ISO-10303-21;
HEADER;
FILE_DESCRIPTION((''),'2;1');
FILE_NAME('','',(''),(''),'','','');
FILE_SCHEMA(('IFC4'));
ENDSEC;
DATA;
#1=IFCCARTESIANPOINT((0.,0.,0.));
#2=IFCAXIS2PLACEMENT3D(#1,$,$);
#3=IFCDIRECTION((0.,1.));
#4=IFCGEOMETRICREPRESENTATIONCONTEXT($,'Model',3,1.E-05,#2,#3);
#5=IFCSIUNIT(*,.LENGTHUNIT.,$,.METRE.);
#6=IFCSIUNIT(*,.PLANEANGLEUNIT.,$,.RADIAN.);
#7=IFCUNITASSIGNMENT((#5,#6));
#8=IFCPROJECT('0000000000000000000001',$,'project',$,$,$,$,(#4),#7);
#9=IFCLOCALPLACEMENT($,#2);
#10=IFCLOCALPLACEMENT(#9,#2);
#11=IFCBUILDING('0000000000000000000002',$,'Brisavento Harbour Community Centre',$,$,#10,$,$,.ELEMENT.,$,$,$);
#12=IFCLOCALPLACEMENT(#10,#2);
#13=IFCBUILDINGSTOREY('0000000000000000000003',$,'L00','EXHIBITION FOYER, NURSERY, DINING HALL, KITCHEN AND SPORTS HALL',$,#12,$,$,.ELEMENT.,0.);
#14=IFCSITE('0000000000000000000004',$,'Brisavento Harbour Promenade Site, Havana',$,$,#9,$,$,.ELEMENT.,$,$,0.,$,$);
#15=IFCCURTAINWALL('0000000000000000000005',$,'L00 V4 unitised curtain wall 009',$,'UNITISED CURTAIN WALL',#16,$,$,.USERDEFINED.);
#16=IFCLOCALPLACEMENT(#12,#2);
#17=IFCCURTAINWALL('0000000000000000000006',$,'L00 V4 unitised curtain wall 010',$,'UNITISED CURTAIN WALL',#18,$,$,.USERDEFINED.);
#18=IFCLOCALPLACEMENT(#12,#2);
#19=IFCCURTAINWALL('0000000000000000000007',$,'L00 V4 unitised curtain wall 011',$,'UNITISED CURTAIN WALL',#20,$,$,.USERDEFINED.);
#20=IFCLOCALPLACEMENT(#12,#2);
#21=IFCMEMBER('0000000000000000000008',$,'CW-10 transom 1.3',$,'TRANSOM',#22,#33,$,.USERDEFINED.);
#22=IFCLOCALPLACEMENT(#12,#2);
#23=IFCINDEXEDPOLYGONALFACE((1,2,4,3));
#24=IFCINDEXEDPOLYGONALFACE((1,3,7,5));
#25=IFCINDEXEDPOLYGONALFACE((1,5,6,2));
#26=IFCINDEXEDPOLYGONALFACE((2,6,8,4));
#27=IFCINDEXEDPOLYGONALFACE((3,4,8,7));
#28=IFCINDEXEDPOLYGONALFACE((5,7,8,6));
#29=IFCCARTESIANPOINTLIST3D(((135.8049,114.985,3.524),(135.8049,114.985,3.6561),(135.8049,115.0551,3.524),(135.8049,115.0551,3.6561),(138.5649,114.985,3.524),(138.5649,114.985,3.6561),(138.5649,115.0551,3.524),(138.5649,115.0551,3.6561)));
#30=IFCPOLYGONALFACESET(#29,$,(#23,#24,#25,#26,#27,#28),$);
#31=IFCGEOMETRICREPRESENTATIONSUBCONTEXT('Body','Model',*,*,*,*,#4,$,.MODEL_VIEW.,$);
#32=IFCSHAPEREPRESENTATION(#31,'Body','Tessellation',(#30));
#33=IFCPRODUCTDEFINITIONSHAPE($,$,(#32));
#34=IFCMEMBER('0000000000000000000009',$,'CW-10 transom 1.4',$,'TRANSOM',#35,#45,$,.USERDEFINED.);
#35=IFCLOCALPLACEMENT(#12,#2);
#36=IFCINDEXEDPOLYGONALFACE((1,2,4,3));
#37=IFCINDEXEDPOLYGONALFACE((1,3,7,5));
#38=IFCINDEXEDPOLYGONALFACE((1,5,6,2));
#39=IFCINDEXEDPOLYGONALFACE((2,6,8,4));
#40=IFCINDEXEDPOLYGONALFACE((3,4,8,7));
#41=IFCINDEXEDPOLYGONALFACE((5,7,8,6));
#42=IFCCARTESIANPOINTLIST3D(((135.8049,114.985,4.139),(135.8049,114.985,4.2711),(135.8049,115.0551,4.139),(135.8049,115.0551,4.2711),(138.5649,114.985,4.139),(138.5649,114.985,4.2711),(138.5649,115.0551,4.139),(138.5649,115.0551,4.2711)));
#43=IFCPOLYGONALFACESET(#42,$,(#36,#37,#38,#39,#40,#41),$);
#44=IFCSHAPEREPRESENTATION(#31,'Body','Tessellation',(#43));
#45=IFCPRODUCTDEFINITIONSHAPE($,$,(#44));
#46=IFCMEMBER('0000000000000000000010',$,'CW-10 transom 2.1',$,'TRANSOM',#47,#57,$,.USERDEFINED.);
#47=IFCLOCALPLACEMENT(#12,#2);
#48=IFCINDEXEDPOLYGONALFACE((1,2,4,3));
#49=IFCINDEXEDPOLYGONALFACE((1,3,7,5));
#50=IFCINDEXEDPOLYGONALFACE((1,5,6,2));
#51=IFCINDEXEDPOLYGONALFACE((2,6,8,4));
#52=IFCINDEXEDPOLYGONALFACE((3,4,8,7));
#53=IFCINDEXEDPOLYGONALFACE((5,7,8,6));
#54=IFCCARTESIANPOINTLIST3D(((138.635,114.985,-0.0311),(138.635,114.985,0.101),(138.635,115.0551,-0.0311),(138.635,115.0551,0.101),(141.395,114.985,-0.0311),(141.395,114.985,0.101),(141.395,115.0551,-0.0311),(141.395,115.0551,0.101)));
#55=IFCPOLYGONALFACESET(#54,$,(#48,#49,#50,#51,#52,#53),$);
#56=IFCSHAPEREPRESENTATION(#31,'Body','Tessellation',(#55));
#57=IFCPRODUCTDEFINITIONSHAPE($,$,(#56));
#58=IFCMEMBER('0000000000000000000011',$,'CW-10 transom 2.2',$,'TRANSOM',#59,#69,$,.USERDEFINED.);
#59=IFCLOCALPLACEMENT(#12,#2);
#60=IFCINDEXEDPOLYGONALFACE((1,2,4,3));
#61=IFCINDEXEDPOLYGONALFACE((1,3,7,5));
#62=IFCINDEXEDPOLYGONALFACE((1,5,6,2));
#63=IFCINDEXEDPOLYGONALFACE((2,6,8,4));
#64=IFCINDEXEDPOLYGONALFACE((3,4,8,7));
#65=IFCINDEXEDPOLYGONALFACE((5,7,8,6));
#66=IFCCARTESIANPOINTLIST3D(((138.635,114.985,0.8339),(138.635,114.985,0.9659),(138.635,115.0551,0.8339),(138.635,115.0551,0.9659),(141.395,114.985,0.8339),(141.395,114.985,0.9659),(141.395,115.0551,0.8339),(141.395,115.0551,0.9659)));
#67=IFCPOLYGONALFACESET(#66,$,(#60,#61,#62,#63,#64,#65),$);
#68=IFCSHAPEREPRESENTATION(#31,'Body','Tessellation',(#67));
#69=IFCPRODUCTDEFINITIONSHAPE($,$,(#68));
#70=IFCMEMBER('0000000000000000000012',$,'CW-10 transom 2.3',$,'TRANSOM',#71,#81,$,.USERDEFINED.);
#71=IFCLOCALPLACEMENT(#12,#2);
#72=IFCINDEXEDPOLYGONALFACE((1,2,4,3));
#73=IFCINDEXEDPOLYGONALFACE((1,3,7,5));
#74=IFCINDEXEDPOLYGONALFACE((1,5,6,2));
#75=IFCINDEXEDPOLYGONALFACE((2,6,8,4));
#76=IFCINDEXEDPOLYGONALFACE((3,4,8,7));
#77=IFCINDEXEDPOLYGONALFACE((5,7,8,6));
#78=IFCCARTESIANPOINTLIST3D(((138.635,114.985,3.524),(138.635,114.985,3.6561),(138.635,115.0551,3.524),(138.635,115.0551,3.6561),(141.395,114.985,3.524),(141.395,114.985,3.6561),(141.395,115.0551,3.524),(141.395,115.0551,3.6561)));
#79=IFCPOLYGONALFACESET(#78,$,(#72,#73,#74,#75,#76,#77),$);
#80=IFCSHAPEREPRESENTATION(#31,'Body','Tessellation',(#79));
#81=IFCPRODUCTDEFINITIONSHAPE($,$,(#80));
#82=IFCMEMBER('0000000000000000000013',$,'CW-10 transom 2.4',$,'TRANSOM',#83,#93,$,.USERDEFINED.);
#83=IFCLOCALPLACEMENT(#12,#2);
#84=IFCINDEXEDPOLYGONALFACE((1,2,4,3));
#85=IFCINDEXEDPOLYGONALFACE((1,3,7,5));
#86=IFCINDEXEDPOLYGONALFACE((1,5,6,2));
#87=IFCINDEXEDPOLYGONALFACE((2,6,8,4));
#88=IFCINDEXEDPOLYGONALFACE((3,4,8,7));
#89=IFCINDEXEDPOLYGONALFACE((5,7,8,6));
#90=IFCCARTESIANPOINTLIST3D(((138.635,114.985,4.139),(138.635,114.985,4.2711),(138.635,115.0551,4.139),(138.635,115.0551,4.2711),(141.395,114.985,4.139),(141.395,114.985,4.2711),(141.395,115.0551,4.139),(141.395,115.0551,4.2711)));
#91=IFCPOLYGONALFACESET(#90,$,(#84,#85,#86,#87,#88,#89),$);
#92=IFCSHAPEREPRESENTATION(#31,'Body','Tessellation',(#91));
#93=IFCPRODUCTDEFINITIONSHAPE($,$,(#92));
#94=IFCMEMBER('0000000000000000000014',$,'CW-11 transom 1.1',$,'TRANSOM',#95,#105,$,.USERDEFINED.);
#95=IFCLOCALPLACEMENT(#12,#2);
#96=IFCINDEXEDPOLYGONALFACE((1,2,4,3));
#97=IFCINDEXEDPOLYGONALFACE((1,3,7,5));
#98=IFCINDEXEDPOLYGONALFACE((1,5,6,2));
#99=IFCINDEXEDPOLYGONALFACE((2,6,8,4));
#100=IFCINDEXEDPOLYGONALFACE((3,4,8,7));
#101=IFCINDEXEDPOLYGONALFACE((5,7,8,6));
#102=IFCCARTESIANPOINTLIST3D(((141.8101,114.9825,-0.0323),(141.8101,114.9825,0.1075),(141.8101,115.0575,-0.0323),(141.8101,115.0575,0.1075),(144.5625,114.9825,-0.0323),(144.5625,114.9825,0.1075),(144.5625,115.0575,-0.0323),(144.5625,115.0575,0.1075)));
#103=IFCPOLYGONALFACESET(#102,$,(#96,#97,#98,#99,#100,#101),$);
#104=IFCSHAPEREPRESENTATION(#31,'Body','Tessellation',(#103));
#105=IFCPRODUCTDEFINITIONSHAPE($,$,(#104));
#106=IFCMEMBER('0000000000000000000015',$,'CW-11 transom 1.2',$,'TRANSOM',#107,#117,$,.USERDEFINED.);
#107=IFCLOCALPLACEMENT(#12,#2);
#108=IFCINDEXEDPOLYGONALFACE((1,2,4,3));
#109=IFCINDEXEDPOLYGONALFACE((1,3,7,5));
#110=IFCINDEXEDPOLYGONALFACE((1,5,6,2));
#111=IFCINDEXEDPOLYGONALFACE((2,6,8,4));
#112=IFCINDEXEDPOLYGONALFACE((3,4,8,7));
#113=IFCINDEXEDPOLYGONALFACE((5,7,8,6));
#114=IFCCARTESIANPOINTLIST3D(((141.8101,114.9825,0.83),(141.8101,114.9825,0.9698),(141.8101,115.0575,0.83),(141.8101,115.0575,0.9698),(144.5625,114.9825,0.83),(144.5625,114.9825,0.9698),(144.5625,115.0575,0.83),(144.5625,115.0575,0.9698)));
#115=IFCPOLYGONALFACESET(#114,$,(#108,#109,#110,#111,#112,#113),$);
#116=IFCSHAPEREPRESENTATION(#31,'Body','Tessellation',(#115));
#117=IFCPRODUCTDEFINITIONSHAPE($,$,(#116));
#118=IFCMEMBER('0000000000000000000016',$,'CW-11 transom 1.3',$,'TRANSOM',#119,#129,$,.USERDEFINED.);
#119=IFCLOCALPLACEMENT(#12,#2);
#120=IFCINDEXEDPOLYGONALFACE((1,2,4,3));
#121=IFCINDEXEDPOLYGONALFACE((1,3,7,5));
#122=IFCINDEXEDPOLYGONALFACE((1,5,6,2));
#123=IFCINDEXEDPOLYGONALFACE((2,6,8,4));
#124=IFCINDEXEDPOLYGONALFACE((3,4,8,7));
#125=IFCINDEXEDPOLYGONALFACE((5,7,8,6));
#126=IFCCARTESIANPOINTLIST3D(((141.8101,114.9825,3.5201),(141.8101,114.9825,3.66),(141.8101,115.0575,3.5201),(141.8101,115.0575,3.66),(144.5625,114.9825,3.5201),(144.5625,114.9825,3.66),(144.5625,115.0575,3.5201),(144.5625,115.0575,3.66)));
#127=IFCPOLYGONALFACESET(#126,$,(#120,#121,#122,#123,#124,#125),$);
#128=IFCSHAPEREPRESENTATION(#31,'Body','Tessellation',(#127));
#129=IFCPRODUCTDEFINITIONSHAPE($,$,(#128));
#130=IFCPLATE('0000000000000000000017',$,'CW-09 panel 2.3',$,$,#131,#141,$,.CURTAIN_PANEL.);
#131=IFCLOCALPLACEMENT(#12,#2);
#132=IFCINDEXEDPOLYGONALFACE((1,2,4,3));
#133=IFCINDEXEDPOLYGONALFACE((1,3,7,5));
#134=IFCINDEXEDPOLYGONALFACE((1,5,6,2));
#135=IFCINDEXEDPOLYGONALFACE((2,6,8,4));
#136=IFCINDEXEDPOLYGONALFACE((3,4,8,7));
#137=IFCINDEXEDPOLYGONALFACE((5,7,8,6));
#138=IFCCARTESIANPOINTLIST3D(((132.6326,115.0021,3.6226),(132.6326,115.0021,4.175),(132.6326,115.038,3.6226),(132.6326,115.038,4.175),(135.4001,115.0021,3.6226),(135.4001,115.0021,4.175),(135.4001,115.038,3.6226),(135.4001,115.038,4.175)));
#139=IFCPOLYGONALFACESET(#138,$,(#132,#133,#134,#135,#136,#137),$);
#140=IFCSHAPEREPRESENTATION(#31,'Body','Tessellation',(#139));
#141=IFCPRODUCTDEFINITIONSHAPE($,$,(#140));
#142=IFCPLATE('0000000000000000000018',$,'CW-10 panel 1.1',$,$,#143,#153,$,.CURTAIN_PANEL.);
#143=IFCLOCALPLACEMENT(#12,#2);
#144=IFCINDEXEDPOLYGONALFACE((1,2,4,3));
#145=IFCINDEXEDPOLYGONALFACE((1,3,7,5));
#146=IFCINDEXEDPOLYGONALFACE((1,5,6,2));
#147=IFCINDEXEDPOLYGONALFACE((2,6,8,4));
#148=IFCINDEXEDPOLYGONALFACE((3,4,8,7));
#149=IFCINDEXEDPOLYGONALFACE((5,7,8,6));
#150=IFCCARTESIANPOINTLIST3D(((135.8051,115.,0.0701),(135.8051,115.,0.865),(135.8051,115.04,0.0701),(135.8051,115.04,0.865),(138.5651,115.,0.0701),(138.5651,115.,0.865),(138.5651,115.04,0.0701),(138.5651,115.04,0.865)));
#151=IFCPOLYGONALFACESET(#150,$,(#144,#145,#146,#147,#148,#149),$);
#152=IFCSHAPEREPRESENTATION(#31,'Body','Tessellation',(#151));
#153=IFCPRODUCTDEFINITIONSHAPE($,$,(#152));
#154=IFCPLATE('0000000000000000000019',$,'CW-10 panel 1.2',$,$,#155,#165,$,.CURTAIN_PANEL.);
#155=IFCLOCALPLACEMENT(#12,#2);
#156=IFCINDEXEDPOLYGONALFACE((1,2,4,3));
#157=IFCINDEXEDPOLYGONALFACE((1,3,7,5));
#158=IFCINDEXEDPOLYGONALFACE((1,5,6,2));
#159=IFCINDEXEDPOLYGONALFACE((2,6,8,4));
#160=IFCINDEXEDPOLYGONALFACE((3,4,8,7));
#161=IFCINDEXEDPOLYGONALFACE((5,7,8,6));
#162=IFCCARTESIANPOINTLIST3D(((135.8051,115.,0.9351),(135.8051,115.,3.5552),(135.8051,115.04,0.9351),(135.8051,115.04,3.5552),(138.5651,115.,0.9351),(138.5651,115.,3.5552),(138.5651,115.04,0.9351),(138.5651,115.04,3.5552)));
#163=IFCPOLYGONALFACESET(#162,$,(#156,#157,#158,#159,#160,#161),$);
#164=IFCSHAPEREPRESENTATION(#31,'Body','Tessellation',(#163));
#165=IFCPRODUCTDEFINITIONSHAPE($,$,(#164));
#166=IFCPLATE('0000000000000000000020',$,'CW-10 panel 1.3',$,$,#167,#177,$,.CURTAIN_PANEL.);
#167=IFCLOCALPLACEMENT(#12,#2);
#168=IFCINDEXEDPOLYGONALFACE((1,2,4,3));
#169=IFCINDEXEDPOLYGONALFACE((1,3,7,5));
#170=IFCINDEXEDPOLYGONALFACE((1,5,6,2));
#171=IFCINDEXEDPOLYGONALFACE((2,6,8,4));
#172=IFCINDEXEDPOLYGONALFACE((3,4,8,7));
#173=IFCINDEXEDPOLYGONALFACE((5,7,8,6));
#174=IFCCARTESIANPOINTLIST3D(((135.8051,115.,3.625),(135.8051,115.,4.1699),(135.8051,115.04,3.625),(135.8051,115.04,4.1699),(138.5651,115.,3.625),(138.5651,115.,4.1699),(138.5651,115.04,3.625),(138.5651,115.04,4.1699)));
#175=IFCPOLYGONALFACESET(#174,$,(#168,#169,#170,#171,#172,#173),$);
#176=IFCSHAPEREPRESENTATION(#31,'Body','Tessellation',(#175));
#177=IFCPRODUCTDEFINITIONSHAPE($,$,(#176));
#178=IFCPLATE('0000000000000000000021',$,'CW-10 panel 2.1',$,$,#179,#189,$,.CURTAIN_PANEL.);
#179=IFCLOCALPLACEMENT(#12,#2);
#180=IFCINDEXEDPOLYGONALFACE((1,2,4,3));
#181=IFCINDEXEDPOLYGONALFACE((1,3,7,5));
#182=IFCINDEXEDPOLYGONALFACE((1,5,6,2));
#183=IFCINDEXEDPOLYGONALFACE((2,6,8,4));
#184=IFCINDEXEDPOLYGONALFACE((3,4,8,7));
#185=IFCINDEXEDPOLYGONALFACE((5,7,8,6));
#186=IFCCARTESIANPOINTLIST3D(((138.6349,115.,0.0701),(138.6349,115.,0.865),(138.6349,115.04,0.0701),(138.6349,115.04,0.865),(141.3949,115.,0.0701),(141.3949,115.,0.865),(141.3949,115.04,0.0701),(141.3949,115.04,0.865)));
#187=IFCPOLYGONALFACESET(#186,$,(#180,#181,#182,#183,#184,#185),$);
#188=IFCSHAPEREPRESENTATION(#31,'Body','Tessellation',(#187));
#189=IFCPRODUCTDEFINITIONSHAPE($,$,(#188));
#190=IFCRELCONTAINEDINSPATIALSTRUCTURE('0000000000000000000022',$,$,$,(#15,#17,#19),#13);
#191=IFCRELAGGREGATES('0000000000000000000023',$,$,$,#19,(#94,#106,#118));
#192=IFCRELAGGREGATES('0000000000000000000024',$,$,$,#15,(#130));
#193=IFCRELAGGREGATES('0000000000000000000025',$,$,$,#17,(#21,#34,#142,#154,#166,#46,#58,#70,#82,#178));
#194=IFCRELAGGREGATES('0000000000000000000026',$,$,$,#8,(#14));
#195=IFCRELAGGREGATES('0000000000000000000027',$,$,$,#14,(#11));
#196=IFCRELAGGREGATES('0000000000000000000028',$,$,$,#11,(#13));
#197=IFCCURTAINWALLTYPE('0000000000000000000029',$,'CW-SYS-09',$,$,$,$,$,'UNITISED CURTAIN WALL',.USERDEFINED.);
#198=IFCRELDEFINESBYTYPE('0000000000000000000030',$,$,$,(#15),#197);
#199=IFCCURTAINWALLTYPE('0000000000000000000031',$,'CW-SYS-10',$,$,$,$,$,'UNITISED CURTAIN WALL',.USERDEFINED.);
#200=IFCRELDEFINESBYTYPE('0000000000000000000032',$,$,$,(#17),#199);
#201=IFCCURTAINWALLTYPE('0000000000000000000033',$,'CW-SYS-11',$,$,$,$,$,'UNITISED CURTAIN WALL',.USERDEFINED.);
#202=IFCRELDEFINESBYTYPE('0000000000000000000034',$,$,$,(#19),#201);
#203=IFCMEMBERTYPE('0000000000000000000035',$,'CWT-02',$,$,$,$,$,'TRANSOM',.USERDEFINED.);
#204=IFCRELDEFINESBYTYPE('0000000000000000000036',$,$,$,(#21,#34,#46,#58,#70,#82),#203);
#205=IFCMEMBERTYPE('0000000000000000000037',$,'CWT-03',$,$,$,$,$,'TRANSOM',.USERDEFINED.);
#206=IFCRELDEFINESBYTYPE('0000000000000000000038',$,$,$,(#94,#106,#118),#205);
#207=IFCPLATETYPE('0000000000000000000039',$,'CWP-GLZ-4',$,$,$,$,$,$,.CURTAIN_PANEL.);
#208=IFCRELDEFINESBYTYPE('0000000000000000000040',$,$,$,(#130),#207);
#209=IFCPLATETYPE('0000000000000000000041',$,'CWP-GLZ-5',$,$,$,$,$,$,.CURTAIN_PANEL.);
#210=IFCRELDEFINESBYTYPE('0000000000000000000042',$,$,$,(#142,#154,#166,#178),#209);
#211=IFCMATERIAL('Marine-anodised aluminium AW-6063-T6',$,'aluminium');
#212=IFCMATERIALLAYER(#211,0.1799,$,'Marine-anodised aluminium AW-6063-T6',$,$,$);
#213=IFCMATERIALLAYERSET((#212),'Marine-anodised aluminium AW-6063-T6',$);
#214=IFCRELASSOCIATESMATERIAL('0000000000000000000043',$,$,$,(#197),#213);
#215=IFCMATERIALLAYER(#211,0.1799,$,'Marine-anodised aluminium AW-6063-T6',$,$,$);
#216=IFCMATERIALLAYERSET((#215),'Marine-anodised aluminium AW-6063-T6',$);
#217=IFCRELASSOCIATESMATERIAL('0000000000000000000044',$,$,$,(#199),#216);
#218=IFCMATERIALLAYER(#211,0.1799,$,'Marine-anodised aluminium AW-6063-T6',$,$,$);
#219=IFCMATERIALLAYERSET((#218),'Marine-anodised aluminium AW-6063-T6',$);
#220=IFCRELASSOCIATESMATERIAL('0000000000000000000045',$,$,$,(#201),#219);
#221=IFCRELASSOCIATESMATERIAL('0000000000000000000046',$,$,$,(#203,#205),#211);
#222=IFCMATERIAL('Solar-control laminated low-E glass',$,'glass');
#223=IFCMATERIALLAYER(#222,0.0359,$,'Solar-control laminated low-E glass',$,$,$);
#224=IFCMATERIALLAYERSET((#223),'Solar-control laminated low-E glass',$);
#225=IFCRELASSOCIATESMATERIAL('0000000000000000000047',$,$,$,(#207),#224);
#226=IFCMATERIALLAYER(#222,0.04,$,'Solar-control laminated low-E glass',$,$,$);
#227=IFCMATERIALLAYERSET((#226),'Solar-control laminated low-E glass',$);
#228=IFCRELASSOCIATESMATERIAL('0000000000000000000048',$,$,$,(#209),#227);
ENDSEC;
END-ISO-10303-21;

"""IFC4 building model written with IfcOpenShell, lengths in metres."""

from ifc_helpers import new_model, si_unit, direction, frame, origin, origin_2d, place, context, subcontext, project, spatial, rectangle, extrude, material, layer, layer_set, material_profile, profile_set, type_object, element, aggregate, save


model = new_model("IFC4")

# Units and contexts
model_context = context("Model", 3, precision=1e-05, world=origin(), true_north=direction((0.0, 1.0)))
body_context = subcontext(model_context, "Body", "Model", "MODEL_VIEW")
ifc_project = project(units=[si_unit("LENGTHUNIT", "METRE"), si_unit("PLANEANGLEUNIT", "RADIAN")], contexts=[model_context])

# Site, building, storey
site_placement = place(None, origin())
site = spatial("IfcSite", under=ifc_project, at=site_placement, Name="Brisavento Harbour Promenade Site, Havana", CompositionType="ELEMENT", RefElevation=0.0)
building_placement = place(site_placement, origin())
building = spatial("IfcBuilding", under=site, at=building_placement, Name="Brisavento Harbour Community Centre", CompositionType="ELEMENT")
storey_placement = place(building_placement, origin())
storey = spatial("IfcBuildingStorey", under=building, at=storey_placement, Name="L00", Description="EXHIBITION FOYER, NURSERY, DINING HALL, KITCHEN AND SPORTS HALL", CompositionType="ELEMENT", Elevation=0.0)

# Curtain wall
ifc_material_1 = material(Name="Marine-anodised aluminium AW-6063-T6", Category="aluminium")
ifc_layer_1 = layer(ifc_material_1, 0.1799, Name="Marine-anodised aluminium AW-6063-T6")
ifc_layer_set_1 = layer_set([ifc_layer_1], Name="Marine-anodised aluminium AW-6063-T6")
curtain_wall_type_1 = type_object("IfcCurtainWallType", Name="CW-SYS-09", ElementType="UNITISED CURTAIN WALL", PredefinedType="USERDEFINED", material=ifc_layer_set_1)
curtain_wall_1_placement = place(storey_placement, origin())
curtain_wall_1 = element("IfcCurtainWall", 1, at=curtain_wall_1_placement, inside=storey, type_object=curtain_wall_type_1, Name="L00 V4 unitised curtain wall 009", ObjectType="UNITISED CURTAIN WALL", PredefinedType="USERDEFINED")

# Curtain wall
ifc_layer_2 = layer(ifc_material_1, 0.1799, Name="Marine-anodised aluminium AW-6063-T6")
ifc_layer_set_2 = layer_set([ifc_layer_2], Name="Marine-anodised aluminium AW-6063-T6")
curtain_wall_type_2 = type_object("IfcCurtainWallType", Name="CW-SYS-10", ElementType="UNITISED CURTAIN WALL", PredefinedType="USERDEFINED", material=ifc_layer_set_2)
curtain_wall_2_placement = place(storey_placement, origin())
curtain_wall_2 = element("IfcCurtainWall", 2, at=curtain_wall_2_placement, inside=storey, type_object=curtain_wall_type_2, Name="L00 V4 unitised curtain wall 010", ObjectType="UNITISED CURTAIN WALL", PredefinedType="USERDEFINED")

# Curtain wall
ifc_layer_3 = layer(ifc_material_1, 0.1799, Name="Marine-anodised aluminium AW-6063-T6")
ifc_layer_set_3 = layer_set([ifc_layer_3], Name="Marine-anodised aluminium AW-6063-T6")
curtain_wall_type_3 = type_object("IfcCurtainWallType", Name="CW-SYS-11", ElementType="UNITISED CURTAIN WALL", PredefinedType="USERDEFINED", material=ifc_layer_set_3)
curtain_wall_3_placement = place(storey_placement, origin())
curtain_wall_3 = element("IfcCurtainWall", 3, at=curtain_wall_3_placement, inside=storey, type_object=curtain_wall_type_3, Name="L00 V4 unitised curtain wall 011", ObjectType="UNITISED CURTAIN WALL", PredefinedType="USERDEFINED")

# Members
ifc_material_profile_1 = material_profile(ifc_material_1, rectangle(XDim=0.0701, YDim=0.1321, at=origin_2d()), Name="Marine-anodised aluminium AW-6063-T6")
ifc_profile_set_1 = profile_set([ifc_material_profile_1], Name="Marine-anodised aluminium AW-6063-T6")
member_type_1 = type_object("IfcMemberType", Name="CWT-02", ElementType="TRANSOM", PredefinedType="USERDEFINED", material=ifc_profile_set_1)
member_1_placement = place(storey_placement, frame((135.8049, 115.02, 3.5901), z_axis=(1.0, 0.0, 0.0), x_axis=(0.0, 1.0, 0.0)))
member_1 = element("IfcMember", 4, at=member_1_placement, type_object=member_type_1, Name="CW-10 transom 1.3", ObjectType="TRANSOM", PredefinedType="USERDEFINED", context=body_context, shape_type="SweptSolid", body=[
    extrude(rectangle(XDim=0.0701, YDim=0.1321, at=origin_2d()), origin(), (0.0, 0.0, 1.0), 2.76),
])
member_2_placement = place(storey_placement, frame((135.8049, 115.02, 4.2051), z_axis=(1.0, 0.0, 0.0), x_axis=(0.0, 1.0, 0.0)))
member_2 = element("IfcMember", 5, at=member_2_placement, type_object=member_type_1, Name="CW-10 transom 1.4", ObjectType="TRANSOM", PredefinedType="USERDEFINED", context=body_context, shape_type="SweptSolid", body=[
    extrude(rectangle(XDim=0.0701, YDim=0.1321, at=origin_2d()), origin(), (0.0, 0.0, 1.0), 2.76),
])
member_3_placement = place(storey_placement, frame((138.635, 115.02, 0.0349), z_axis=(1.0, 0.0, 0.0), x_axis=(0.0, 1.0, 0.0)))
member_3 = element("IfcMember", 6, at=member_3_placement, type_object=member_type_1, Name="CW-10 transom 2.1", ObjectType="TRANSOM", PredefinedType="USERDEFINED", context=body_context, shape_type="SweptSolid", body=[
    extrude(rectangle(XDim=0.0701, YDim=0.1321, at=origin_2d()), origin(), (0.0, 0.0, 1.0), 2.76),
])
member_4_placement = place(storey_placement, frame((138.635, 115.02, 0.8999), z_axis=(1.0, 0.0, 0.0), x_axis=(0.0, 1.0, 0.0)))
member_4 = element("IfcMember", 7, at=member_4_placement, type_object=member_type_1, Name="CW-10 transom 2.2", ObjectType="TRANSOM", PredefinedType="USERDEFINED", context=body_context, shape_type="SweptSolid", body=[
    extrude(rectangle(XDim=0.0701, YDim=0.1321, at=origin_2d()), origin(), (0.0, 0.0, 1.0), 2.76),
])
member_5_placement = place(storey_placement, frame((138.635, 115.02, 3.5901), z_axis=(1.0, 0.0, 0.0), x_axis=(0.0, 1.0, 0.0)))
member_5 = element("IfcMember", 8, at=member_5_placement, type_object=member_type_1, Name="CW-10 transom 2.3", ObjectType="TRANSOM", PredefinedType="USERDEFINED", context=body_context, shape_type="SweptSolid", body=[
    extrude(rectangle(XDim=0.0701, YDim=0.1321, at=origin_2d()), origin(), (0.0, 0.0, 1.0), 2.76),
])
member_6_placement = place(storey_placement, frame((138.635, 115.02, 4.2051), z_axis=(1.0, 0.0, 0.0), x_axis=(0.0, 1.0, 0.0)))
member_6 = element("IfcMember", 9, at=member_6_placement, type_object=member_type_1, Name="CW-10 transom 2.4", ObjectType="TRANSOM", PredefinedType="USERDEFINED", context=body_context, shape_type="SweptSolid", body=[
    extrude(rectangle(XDim=0.0701, YDim=0.1321, at=origin_2d()), origin(), (0.0, 0.0, 1.0), 2.76),
])
ifc_material_profile_2 = material_profile(ifc_material_1, rectangle(XDim=0.075, YDim=0.1399, at=origin_2d()), Name="Marine-anodised aluminium AW-6063-T6")
ifc_profile_set_2 = profile_set([ifc_material_profile_2], Name="Marine-anodised aluminium AW-6063-T6")
member_type_2 = type_object("IfcMemberType", Name="CWT-03", ElementType="TRANSOM", PredefinedType="USERDEFINED", material=ifc_profile_set_2)
member_7_placement = place(storey_placement, frame((141.8101, 115.02, 0.0376), z_axis=(1.0, 0.0, 0.0), x_axis=(0.0, 1.0, 0.0)))
member_7 = element("IfcMember", 10, at=member_7_placement, type_object=member_type_2, Name="CW-11 transom 1.1", ObjectType="TRANSOM", PredefinedType="USERDEFINED", context=body_context, shape_type="SweptSolid", body=[
    extrude(rectangle(XDim=0.075, YDim=0.1399, at=origin_2d()), origin(), (0.0, 0.0, 1.0), 2.7524),
])
member_8_placement = place(storey_placement, frame((141.8101, 115.02, 0.8999), z_axis=(1.0, 0.0, 0.0), x_axis=(0.0, 1.0, 0.0)))
member_8 = element("IfcMember", 11, at=member_8_placement, type_object=member_type_2, Name="CW-11 transom 1.2", ObjectType="TRANSOM", PredefinedType="USERDEFINED", context=body_context, shape_type="SweptSolid", body=[
    extrude(rectangle(XDim=0.075, YDim=0.1399, at=origin_2d()), origin(), (0.0, 0.0, 1.0), 2.7524),
])
member_9_placement = place(storey_placement, frame((141.8101, 115.02, 3.5901), z_axis=(1.0, 0.0, 0.0), x_axis=(0.0, 1.0, 0.0)))
member_9 = element("IfcMember", 12, at=member_9_placement, type_object=member_type_2, Name="CW-11 transom 1.3", ObjectType="TRANSOM", PredefinedType="USERDEFINED", context=body_context, shape_type="SweptSolid", body=[
    extrude(rectangle(XDim=0.075, YDim=0.1399, at=origin_2d()), origin(), (0.0, 0.0, 1.0), 2.7524),
])
aggregate(curtain_wall_3, [member_7, member_8, member_9])

# Plates
ifc_material_2 = material(Name="Solar-control laminated low-E glass", Category="glass")
ifc_layer_4 = layer(ifc_material_2, 0.0359, Name="Solar-control laminated low-E glass")
ifc_layer_set_4 = layer_set([ifc_layer_4], Name="Solar-control laminated low-E glass")
plate_type_1 = type_object("IfcPlateType", Name="CWP-GLZ-4", PredefinedType="CURTAIN_PANEL", material=ifc_layer_set_4)
plate_1_placement = place(storey_placement, frame((134.0164, 115.02, 3.6226), z_axis=(0.0, 0.0, 1.0), x_axis=(1.0, 0.0, 0.0)))
plate_1 = element("IfcPlate", 13, at=plate_1_placement, type_object=plate_type_1, Name="CW-09 panel 2.3", PredefinedType="CURTAIN_PANEL", context=body_context, shape_type="SweptSolid", body=[
    extrude(rectangle(XDim=2.7676, YDim=0.0359, at=origin_2d()), origin(), (0.0, 0.0, 1.0), 0.5525),
])
aggregate(curtain_wall_1, [plate_1])
ifc_layer_5 = layer(ifc_material_2, 0.04, Name="Solar-control laminated low-E glass")
ifc_layer_set_5 = layer_set([ifc_layer_5], Name="Solar-control laminated low-E glass")
plate_type_2 = type_object("IfcPlateType", Name="CWP-GLZ-5", PredefinedType="CURTAIN_PANEL", material=ifc_layer_set_5)
plate_2_placement = place(storey_placement, frame((137.1851, 115.02, 0.0701), z_axis=(0.0, 0.0, 1.0), x_axis=(1.0, 0.0, 0.0)))
plate_2 = element("IfcPlate", 14, at=plate_2_placement, type_object=plate_type_2, Name="CW-10 panel 1.1", PredefinedType="CURTAIN_PANEL", context=body_context, shape_type="SweptSolid", body=[
    extrude(rectangle(XDim=2.76, YDim=0.04, at=origin_2d()), origin(), (0.0, 0.0, 1.0), 0.7949),
])
plate_3_placement = place(storey_placement, frame((137.1851, 115.02, 0.9351), z_axis=(0.0, 0.0, 1.0), x_axis=(1.0, 0.0, 0.0)))
plate_3 = element("IfcPlate", 15, at=plate_3_placement, type_object=plate_type_2, Name="CW-10 panel 1.2", PredefinedType="CURTAIN_PANEL", context=body_context, shape_type="SweptSolid", body=[
    extrude(rectangle(XDim=2.76, YDim=0.04, at=origin_2d()), origin(), (0.0, 0.0, 1.0), 2.6201),
])
plate_4_placement = place(storey_placement, frame((137.1851, 115.02, 3.625), z_axis=(0.0, 0.0, 1.0), x_axis=(1.0, 0.0, 0.0)))
plate_4 = element("IfcPlate", 16, at=plate_4_placement, type_object=plate_type_2, Name="CW-10 panel 1.3", PredefinedType="CURTAIN_PANEL", context=body_context, shape_type="SweptSolid", body=[
    extrude(rectangle(XDim=2.76, YDim=0.04, at=origin_2d()), origin(), (0.0, 0.0, 1.0), 0.5449),
])
plate_5_placement = place(storey_placement, frame((140.0149, 115.02, 0.0701), z_axis=(0.0, 0.0, 1.0), x_axis=(1.0, 0.0, 0.0)))
plate_5 = element("IfcPlate", 17, at=plate_5_placement, type_object=plate_type_2, Name="CW-10 panel 2.1", PredefinedType="CURTAIN_PANEL", context=body_context, shape_type="SweptSolid", body=[
    extrude(rectangle(XDim=2.76, YDim=0.04, at=origin_2d()), origin(), (0.0, 0.0, 1.0), 0.7949),
])
aggregate(curtain_wall_2, [member_1, member_2, plate_2, plate_3, plate_4, member_3, member_4, member_5, member_6, plate_5])

save(model, "model.ifc")
